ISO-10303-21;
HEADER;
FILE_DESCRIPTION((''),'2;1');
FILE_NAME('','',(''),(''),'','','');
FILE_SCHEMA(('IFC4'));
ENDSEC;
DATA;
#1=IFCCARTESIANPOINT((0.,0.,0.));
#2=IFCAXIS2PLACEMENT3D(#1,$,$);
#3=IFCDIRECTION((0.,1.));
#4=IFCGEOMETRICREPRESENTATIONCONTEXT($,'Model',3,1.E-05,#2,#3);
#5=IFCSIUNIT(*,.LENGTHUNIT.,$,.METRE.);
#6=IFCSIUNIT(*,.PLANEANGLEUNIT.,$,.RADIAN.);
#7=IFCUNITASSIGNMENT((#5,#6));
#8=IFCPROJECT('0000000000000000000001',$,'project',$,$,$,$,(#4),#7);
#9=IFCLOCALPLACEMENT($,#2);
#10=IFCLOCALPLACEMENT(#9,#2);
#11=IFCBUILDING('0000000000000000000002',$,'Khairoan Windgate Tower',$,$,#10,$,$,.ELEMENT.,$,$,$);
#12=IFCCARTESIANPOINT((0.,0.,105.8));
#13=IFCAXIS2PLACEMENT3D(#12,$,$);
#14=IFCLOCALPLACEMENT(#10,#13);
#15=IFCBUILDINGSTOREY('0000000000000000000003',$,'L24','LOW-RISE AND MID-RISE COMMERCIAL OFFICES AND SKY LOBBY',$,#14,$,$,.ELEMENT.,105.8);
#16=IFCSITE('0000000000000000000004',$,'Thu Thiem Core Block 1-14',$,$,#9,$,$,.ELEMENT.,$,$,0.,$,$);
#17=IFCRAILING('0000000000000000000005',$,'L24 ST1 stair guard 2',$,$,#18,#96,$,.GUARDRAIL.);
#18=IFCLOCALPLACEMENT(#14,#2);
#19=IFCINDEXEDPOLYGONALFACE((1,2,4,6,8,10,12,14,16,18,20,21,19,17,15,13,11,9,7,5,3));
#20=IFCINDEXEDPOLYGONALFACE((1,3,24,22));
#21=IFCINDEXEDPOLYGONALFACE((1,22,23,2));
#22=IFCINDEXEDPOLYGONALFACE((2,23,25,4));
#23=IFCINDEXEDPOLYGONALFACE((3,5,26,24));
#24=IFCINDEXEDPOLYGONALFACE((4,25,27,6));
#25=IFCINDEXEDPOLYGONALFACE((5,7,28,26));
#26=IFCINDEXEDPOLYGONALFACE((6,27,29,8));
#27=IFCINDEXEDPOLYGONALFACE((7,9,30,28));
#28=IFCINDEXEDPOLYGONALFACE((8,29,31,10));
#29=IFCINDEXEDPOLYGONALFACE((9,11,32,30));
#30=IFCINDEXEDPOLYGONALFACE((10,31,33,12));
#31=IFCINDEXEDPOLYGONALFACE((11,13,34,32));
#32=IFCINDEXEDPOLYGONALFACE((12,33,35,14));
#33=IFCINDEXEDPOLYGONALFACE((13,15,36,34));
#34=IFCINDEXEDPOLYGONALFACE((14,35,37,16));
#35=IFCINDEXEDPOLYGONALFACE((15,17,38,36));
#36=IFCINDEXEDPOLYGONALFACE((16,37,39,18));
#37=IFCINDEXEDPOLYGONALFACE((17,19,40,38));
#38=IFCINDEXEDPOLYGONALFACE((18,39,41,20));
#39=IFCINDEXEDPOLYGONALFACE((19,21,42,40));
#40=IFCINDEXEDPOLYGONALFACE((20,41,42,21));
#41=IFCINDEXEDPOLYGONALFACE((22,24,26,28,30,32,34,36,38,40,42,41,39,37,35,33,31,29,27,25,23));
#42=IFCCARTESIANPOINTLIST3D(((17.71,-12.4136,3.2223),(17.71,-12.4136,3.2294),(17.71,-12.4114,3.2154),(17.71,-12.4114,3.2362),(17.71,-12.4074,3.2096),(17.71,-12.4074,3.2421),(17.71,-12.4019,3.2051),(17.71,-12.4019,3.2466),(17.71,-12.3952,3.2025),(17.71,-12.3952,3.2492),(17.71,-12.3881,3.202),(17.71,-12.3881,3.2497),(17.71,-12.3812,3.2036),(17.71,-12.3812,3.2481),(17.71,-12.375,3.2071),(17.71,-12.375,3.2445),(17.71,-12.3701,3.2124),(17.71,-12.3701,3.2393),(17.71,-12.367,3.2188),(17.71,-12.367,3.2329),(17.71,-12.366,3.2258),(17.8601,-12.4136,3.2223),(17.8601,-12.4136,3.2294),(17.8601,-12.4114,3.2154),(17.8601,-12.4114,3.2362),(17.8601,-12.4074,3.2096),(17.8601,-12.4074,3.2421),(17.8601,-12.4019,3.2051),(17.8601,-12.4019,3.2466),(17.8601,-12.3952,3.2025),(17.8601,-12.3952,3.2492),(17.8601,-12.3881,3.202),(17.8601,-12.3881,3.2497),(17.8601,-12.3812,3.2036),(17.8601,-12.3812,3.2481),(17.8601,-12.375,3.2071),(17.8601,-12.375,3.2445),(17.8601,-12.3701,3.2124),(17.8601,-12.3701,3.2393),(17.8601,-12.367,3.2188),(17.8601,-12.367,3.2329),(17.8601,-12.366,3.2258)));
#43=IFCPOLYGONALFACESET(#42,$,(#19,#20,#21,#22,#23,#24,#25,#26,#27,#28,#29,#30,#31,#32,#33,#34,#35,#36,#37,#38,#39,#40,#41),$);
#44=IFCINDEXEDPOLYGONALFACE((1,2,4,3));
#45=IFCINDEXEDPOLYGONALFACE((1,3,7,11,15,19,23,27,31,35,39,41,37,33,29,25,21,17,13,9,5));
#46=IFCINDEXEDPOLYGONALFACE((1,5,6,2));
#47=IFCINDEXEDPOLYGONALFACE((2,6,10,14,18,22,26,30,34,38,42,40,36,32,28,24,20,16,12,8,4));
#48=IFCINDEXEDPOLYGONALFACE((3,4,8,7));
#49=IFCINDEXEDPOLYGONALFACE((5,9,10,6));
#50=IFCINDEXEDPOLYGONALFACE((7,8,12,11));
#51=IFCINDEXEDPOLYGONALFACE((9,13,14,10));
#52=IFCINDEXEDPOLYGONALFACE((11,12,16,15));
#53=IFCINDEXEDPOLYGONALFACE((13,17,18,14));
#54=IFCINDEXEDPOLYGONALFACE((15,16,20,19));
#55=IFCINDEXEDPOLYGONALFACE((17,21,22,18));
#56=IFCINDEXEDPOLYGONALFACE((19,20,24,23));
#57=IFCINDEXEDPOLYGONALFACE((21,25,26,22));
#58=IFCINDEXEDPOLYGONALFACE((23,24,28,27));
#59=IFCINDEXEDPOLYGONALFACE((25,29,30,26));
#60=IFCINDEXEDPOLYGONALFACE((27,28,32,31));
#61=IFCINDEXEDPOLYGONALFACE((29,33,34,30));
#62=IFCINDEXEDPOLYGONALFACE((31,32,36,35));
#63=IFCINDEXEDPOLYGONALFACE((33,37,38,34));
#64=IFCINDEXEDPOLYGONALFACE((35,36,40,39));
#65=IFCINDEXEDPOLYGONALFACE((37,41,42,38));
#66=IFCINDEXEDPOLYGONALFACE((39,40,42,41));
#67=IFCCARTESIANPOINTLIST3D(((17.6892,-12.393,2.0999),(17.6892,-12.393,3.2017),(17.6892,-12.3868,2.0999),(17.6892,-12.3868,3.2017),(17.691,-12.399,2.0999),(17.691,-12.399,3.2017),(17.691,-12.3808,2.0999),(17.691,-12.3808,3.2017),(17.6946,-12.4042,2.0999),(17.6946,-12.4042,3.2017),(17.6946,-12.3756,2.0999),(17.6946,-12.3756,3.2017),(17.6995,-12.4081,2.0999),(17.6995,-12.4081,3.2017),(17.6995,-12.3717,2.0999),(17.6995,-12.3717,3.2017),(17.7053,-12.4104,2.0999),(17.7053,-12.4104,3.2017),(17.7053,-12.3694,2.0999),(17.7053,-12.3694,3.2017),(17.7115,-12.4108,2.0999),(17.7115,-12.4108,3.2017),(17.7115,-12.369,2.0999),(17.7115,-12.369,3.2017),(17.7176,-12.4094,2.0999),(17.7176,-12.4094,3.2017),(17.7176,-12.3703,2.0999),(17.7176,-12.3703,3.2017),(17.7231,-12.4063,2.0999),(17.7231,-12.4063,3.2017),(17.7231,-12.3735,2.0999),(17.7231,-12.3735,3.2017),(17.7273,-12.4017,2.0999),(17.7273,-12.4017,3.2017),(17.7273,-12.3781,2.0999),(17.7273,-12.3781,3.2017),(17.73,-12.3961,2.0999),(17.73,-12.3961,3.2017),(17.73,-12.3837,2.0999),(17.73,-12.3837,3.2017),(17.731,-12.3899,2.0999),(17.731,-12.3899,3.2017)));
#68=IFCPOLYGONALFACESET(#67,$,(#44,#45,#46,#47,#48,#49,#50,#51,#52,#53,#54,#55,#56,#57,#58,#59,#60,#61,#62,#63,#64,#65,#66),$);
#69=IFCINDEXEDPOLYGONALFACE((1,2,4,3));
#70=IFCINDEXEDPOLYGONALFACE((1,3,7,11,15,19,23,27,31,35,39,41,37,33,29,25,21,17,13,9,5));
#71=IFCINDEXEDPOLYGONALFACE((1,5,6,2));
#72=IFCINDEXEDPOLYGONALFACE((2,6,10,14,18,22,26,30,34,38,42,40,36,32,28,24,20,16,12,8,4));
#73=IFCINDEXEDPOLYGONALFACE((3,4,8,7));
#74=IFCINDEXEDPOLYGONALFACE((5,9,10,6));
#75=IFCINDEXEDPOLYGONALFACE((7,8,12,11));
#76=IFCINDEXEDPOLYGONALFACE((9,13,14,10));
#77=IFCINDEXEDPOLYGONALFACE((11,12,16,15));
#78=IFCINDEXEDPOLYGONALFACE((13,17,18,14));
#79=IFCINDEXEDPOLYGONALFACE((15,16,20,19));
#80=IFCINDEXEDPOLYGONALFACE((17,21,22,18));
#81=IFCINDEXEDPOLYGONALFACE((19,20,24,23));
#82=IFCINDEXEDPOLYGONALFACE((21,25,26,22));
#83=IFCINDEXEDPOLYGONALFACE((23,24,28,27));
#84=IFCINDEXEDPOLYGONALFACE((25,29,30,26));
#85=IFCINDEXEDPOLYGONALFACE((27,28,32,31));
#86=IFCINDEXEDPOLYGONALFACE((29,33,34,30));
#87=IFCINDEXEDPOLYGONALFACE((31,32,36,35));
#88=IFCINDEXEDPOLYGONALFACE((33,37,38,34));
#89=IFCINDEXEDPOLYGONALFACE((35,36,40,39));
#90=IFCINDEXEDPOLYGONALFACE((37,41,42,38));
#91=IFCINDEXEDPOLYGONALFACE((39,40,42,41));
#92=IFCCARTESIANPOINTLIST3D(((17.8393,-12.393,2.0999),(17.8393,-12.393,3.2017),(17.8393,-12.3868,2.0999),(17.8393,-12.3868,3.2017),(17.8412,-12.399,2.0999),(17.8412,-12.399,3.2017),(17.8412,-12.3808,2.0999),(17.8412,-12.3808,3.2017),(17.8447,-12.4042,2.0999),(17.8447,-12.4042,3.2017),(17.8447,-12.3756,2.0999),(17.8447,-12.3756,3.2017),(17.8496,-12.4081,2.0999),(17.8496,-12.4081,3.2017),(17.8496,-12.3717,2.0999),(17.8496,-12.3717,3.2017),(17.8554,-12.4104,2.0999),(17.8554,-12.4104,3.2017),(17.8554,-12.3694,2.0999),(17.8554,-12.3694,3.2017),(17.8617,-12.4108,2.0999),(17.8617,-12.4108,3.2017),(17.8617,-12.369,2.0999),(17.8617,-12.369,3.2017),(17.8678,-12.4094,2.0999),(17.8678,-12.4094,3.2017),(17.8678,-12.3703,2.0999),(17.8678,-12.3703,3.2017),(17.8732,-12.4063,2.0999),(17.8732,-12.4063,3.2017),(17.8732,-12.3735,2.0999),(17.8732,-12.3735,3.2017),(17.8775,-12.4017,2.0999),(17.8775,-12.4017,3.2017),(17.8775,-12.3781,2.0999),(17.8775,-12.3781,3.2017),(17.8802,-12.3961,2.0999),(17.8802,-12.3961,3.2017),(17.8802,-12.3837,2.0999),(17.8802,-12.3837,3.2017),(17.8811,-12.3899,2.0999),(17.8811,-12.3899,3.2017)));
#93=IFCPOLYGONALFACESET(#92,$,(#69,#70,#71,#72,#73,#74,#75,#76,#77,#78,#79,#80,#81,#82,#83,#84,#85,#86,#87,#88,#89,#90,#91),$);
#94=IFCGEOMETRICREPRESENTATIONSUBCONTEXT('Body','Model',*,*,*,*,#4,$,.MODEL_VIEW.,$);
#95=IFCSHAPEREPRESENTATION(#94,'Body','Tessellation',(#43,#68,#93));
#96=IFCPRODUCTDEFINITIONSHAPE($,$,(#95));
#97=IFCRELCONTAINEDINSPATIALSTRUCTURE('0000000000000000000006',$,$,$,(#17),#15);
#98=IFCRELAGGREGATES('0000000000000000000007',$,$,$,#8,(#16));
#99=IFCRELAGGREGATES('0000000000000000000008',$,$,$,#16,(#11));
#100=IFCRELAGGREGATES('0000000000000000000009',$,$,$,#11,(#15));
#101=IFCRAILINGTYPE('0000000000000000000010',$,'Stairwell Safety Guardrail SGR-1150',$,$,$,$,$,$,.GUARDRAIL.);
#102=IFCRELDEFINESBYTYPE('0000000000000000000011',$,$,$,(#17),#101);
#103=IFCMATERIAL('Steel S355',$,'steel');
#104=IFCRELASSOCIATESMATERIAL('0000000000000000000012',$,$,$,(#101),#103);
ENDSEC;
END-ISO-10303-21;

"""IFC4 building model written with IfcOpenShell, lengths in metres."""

from ifc_helpers import new_model, si_unit, direction, frame, origin, origin_2d, place, context, subcontext, project, spatial, circle, extrude, material, type_object, element, save


model = new_model("IFC4")

# Units and contexts
model_context = context("Model", 3, precision=1e-05, world=origin(), true_north=direction((0.0, 1.0)))
body_context = subcontext(model_context, "Body", "Model", "MODEL_VIEW")
ifc_project = project(units=[si_unit("LENGTHUNIT", "METRE"), si_unit("PLANEANGLEUNIT", "RADIAN")], contexts=[model_context])

# Site, building, storey
site_placement = place(None, origin())
site = spatial("IfcSite", under=ifc_project, at=site_placement, Name="Thu Thiem Core Block 1-14", CompositionType="ELEMENT", RefElevation=0.0)
building_placement = place(site_placement, origin())
building = spatial("IfcBuilding", under=site, at=building_placement, Name="Khairoan Windgate Tower", CompositionType="ELEMENT")
storey_placement = place(building_placement, frame((0.0, 0.0, 105.8)))
storey = spatial("IfcBuildingStorey", under=building, at=storey_placement, Name="L24", Description="LOW-RISE AND MID-RISE COMMERCIAL OFFICES AND SKY LOBBY", CompositionType="ELEMENT", Elevation=105.8)

# Railing
ifc_material_1 = material(Name="Steel S355", Category="steel")
railing_type_1 = type_object("IfcRailingType", Name="Stairwell Safety Guardrail SGR-1150", PredefinedType="GUARDRAIL", material=ifc_material_1)
railing_1_placement = place(storey_placement, frame((17.71, -12.3899, 2.0999)))
element("IfcRailing", 1, at=railing_1_placement, inside=storey, type_object=railing_type_1, Name="L24 ST1 stair guard 2", PredefinedType="GUARDRAIL", context=body_context, shape_type="SweptSolid", body=[
    extrude(circle(Radius=0.0239, at=origin_2d()), frame((0.0, 0.0, 1.126), z_axis=(1.0, 0.0, 0.0), x_axis=(0.0, 1.0, 0.0)), (0.0, 0.0, 1.0), 0.1501),
    extrude(circle(Radius=0.021, at=origin_2d()), origin(), (0.0, 0.0, 1.0), 1.1018),
    extrude(circle(Radius=0.021, at=origin_2d()), frame((0.1501, 0.0, 0.0)), (0.0, 0.0, 1.0), 1.1018),
])

save(model, "model.ifc")
